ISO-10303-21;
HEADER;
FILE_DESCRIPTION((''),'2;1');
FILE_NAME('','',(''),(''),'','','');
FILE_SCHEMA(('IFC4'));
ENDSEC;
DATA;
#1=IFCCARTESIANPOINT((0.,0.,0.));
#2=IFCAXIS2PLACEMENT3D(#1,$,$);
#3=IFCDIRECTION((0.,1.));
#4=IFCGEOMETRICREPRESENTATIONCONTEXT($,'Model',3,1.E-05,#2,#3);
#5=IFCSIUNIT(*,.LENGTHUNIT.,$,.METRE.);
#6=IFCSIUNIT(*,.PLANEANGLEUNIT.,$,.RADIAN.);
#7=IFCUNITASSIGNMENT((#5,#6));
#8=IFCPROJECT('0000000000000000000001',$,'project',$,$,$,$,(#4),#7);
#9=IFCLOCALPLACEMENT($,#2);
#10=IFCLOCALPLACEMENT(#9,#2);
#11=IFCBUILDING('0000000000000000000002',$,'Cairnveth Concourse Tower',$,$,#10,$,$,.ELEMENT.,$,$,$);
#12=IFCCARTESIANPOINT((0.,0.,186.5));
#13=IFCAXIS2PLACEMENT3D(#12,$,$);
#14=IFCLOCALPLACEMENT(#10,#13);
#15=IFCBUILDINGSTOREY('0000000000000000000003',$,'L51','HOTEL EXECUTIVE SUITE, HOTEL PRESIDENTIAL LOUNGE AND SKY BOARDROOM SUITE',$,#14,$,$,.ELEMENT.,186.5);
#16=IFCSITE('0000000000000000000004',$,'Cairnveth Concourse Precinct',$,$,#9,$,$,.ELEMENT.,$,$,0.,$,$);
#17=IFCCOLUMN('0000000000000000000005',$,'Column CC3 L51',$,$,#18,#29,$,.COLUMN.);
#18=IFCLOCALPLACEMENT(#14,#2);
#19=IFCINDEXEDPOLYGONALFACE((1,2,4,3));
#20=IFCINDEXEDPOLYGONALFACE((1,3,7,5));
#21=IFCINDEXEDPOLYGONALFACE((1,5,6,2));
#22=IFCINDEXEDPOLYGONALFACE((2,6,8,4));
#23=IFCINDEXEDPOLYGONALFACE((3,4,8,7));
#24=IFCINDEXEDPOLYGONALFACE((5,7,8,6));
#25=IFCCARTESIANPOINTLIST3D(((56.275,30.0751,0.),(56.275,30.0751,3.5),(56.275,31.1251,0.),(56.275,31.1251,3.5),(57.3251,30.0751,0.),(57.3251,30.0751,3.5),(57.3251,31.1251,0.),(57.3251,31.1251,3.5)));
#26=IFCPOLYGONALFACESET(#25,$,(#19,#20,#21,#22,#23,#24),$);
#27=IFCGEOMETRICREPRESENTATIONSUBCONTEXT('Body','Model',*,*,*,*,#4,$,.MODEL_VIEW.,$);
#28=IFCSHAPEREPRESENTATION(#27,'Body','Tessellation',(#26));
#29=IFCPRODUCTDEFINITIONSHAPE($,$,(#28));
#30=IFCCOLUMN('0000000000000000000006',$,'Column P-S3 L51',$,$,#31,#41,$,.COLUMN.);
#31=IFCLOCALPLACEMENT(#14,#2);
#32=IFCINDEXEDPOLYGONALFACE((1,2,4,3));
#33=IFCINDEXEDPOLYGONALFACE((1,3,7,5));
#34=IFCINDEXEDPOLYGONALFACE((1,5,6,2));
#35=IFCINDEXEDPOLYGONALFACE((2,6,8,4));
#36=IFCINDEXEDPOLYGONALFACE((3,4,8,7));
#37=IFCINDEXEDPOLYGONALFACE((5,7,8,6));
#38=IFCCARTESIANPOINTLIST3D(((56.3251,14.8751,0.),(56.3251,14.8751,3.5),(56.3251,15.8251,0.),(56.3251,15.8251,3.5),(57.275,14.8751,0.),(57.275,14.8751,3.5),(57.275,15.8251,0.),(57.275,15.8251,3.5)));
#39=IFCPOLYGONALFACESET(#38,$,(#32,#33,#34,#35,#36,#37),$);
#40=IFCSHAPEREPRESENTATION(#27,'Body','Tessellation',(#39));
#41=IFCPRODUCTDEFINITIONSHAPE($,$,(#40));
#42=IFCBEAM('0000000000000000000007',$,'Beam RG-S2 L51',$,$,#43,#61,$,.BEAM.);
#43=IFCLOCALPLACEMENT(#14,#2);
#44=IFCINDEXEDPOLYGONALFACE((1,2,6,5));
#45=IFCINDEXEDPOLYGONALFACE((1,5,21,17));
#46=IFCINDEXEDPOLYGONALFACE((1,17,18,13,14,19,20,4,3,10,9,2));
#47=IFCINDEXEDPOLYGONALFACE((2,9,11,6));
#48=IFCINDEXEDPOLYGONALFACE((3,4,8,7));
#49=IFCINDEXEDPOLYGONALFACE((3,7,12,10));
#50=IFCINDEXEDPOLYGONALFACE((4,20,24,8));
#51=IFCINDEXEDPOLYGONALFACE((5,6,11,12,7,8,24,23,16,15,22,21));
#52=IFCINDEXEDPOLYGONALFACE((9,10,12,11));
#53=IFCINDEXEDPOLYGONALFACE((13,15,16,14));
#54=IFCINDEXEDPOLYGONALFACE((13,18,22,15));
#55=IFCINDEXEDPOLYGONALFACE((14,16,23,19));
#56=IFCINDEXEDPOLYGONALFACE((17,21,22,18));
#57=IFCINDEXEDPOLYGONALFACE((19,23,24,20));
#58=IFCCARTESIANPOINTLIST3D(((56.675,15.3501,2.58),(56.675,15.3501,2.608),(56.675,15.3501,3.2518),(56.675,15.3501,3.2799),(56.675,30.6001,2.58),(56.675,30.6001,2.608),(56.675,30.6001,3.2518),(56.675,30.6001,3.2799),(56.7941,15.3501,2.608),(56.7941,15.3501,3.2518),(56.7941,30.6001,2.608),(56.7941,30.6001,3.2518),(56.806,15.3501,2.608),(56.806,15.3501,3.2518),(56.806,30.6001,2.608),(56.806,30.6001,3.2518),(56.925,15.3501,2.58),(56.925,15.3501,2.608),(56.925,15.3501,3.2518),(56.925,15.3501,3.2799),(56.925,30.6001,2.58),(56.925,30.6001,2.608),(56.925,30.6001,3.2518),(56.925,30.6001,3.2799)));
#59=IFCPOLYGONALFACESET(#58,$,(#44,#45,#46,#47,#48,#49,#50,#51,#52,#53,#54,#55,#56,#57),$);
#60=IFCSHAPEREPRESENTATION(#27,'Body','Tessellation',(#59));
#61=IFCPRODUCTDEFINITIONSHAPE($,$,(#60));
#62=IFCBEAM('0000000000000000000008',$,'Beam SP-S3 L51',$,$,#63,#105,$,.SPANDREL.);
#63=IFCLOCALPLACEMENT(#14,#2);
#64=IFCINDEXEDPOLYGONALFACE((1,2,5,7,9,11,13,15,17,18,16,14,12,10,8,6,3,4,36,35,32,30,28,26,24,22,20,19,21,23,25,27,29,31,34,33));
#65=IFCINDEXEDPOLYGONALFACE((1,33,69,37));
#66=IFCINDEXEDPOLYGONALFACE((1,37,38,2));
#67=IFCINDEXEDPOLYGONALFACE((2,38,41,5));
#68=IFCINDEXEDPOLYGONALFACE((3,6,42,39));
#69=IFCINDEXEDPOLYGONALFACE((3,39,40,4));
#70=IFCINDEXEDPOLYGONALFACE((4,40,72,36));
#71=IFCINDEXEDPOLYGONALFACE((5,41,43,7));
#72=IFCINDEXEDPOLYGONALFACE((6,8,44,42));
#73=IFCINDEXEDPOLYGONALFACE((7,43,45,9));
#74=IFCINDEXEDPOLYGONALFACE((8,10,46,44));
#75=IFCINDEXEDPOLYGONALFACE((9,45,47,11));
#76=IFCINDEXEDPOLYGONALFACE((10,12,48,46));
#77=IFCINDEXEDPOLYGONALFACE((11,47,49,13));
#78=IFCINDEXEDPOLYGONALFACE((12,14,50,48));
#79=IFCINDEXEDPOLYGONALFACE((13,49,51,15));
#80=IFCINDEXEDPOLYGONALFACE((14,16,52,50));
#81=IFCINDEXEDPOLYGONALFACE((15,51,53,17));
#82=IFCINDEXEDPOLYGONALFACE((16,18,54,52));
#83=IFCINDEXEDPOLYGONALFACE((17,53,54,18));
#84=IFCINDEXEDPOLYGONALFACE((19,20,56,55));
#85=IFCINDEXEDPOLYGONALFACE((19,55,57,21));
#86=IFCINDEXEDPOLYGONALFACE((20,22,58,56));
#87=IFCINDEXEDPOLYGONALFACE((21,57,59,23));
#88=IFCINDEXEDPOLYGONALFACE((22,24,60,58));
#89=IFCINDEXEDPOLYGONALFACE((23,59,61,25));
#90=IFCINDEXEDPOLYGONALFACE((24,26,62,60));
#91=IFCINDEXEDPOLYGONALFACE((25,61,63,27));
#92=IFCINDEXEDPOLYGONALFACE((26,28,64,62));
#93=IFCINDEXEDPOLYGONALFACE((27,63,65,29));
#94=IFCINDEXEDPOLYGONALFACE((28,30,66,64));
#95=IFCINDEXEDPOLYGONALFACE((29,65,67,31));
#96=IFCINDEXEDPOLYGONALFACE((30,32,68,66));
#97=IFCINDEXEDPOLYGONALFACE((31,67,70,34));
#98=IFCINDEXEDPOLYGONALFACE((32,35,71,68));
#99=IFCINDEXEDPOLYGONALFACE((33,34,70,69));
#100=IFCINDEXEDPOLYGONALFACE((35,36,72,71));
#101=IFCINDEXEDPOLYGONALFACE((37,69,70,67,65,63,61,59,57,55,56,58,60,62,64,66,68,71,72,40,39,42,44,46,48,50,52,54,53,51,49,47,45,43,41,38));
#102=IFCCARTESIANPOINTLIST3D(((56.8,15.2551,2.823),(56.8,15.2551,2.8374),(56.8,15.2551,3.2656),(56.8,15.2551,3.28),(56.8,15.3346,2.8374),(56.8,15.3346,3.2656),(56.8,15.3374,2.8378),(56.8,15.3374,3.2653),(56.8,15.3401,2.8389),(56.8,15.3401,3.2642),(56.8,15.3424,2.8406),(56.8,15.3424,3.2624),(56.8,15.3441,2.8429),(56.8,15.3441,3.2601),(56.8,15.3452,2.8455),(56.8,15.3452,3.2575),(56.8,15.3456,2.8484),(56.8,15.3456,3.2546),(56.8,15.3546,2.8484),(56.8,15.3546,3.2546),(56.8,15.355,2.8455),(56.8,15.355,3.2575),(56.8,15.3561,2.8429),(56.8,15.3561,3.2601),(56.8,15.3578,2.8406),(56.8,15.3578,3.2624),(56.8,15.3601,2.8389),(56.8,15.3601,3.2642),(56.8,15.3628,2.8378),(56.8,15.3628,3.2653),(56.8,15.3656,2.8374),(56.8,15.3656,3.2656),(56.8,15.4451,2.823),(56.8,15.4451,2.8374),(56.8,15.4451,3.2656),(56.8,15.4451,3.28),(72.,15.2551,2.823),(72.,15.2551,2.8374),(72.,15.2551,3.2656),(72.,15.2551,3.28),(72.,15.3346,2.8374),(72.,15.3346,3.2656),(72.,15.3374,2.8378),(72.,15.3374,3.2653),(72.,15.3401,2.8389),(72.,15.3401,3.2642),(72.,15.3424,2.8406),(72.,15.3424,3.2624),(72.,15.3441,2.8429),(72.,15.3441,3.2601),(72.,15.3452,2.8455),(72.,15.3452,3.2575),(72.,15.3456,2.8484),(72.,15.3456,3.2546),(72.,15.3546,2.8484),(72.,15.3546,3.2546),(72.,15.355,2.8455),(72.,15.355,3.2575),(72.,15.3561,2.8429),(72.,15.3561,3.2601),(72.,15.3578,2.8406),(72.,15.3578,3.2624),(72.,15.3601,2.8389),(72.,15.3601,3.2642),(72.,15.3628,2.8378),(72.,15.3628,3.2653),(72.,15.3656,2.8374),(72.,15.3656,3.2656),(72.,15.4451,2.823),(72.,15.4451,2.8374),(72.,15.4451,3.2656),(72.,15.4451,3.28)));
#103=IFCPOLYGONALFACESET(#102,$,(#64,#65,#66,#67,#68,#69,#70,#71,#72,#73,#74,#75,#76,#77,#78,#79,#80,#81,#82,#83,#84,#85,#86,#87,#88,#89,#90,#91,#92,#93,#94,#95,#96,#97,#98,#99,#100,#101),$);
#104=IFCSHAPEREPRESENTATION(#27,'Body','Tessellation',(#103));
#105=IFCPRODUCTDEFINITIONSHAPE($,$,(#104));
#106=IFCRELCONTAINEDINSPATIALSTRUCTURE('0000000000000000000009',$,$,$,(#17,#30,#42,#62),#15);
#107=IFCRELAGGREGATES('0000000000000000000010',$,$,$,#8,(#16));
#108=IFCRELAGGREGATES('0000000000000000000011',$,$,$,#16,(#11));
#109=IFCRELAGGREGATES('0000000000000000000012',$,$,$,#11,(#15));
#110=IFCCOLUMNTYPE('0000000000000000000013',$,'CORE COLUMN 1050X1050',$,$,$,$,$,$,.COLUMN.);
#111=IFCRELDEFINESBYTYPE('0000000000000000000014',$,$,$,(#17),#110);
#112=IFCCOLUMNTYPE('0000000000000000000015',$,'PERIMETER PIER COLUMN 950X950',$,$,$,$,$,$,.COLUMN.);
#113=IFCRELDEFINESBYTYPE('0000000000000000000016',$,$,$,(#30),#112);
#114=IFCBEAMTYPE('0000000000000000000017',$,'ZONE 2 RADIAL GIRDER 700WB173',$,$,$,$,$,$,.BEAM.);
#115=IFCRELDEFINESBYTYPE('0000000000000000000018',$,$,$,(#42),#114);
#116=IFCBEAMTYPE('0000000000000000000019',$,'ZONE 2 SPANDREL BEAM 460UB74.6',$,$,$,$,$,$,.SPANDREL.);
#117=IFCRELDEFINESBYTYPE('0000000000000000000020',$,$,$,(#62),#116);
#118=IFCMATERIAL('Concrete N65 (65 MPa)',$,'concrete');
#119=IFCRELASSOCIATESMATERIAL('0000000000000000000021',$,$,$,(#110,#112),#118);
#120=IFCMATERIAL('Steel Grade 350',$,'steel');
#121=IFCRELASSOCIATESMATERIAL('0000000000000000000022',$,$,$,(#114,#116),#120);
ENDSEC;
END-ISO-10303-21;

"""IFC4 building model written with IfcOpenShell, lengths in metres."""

from ifc_helpers import new_model, si_unit, direction, frame, origin, origin_2d, place, context, subcontext, project, spatial, rectangle, i_section, extrude, material, material_profile, profile_set, type_object, element, save


model = new_model("IFC4")

# Units and contexts
model_context = context("Model", 3, precision=1e-05, world=origin(), true_north=direction((0.0, 1.0)))
body_context = subcontext(model_context, "Body", "Model", "MODEL_VIEW")
ifc_project = project(units=[si_unit("LENGTHUNIT", "METRE"), si_unit("PLANEANGLEUNIT", "RADIAN")], contexts=[model_context])

# Site, building, storey
site_placement = place(None, origin())
site = spatial("IfcSite", under=ifc_project, at=site_placement, Name="Cairnveth Concourse Precinct", CompositionType="ELEMENT", RefElevation=0.0)
building_placement = place(site_placement, origin())
building = spatial("IfcBuilding", under=site, at=building_placement, Name="Cairnveth Concourse Tower", CompositionType="ELEMENT")
storey_placement = place(building_placement, frame((0.0, 0.0, 186.5)))
storey = spatial("IfcBuildingStorey", under=building, at=storey_placement, Name="L51", Description="HOTEL EXECUTIVE SUITE, HOTEL PRESIDENTIAL LOUNGE AND SKY BOARDROOM SUITE", CompositionType="ELEMENT", Elevation=186.5)

# Columns
ifc_material_1 = material(Name="Concrete N65 (65 MPa)", Category="concrete")
ifc_material_profile_1 = material_profile(ifc_material_1, rectangle(XDim=1.05, YDim=1.05, at=origin_2d()), Name="RC-COL-1050x1050")
ifc_profile_set_1 = profile_set([ifc_material_profile_1], Name="Concrete N65 (65 MPa)")
column_type_1 = type_object("IfcColumnType", Name="CORE COLUMN 1050X1050", PredefinedType="COLUMN", material=ifc_profile_set_1)
column_1_placement = place(storey_placement, frame((56.8, 30.6001, 0.0), z_axis=(0.0, 0.0, 1.0), x_axis=(1.0, 0.0, 0.0)))
element("IfcColumn", 1, at=column_1_placement, inside=storey, type_object=column_type_1, Name="Column CC3 L51", PredefinedType="COLUMN", context=body_context, shape_type="SweptSolid", body=[
    extrude(rectangle(XDim=1.05, YDim=1.05, at=origin_2d()), origin(), (0.0, 0.0, 1.0), 3.5),
])
ifc_material_profile_2 = material_profile(ifc_material_1, rectangle(XDim=0.95, YDim=0.95, at=origin_2d()), Name="RC-COL-950x950")
ifc_profile_set_2 = profile_set([ifc_material_profile_2], Name="Concrete N65 (65 MPa)")
column_type_2 = type_object("IfcColumnType", Name="PERIMETER PIER COLUMN 950X950", PredefinedType="COLUMN", material=ifc_profile_set_2)
column_2_placement = place(storey_placement, frame((56.8, 15.3501, 0.0), z_axis=(0.0, 0.0, 1.0), x_axis=(1.0, 0.0, 0.0)))
element("IfcColumn", 2, at=column_2_placement, inside=storey, type_object=column_type_2, Name="Column P-S3 L51", PredefinedType="COLUMN", context=body_context, shape_type="SweptSolid", body=[
    extrude(rectangle(XDim=0.95, YDim=0.95, at=origin_2d()), origin(), (0.0, 0.0, 1.0), 3.5),
])

# Beams
ifc_material_2 = material(Name="Steel Grade 350", Category="steel")
ifc_material_profile_3 = material_profile(ifc_material_2, i_section(OverallWidth=0.25, OverallDepth=0.7, WebThickness=0.012, FlangeThickness=0.0281, at=origin_2d()), Name="700WB173")
ifc_profile_set_3 = profile_set([ifc_material_profile_3], Name="Steel Grade 350")
beam_type_1 = type_object("IfcBeamType", Name="ZONE 2 RADIAL GIRDER 700WB173", PredefinedType="BEAM", material=ifc_profile_set_3)
beam_1_placement = place(storey_placement, frame((56.8, 15.3501, 2.9299), z_axis=(0.0, 1.0, 0.0), x_axis=(-1.0, 0.0, 0.0)))
element("IfcBeam", 3, at=beam_1_placement, inside=storey, type_object=beam_type_1, Name="Beam RG-S2 L51", PredefinedType="BEAM", context=body_context, shape_type="SweptSolid", body=[
    extrude(i_section(OverallWidth=0.25, OverallDepth=0.7, WebThickness=0.012, FlangeThickness=0.0281, at=origin_2d()), origin(), (0.0, 0.0, 1.0), 15.25),
])
ifc_material_profile_4 = material_profile(ifc_material_2, i_section(OverallWidth=0.1899, OverallDepth=0.457, WebThickness=0.009, FlangeThickness=0.0144, FilletRadius=0.011, at=origin_2d()), Name="460UB74.6")
ifc_profile_set_4 = profile_set([ifc_material_profile_4], Name="Steel Grade 350")
beam_type_2 = type_object("IfcBeamType", Name="ZONE 2 SPANDREL BEAM 460UB74.6", PredefinedType="SPANDREL", material=ifc_profile_set_4)
beam_2_placement = place(storey_placement, frame((56.8, 15.3501, 3.0515), z_axis=(1.0, 0.0, 0.0), x_axis=(0.0, 1.0, 0.0)))
element("IfcBeam", 4, at=beam_2_placement, inside=storey, type_object=beam_type_2, Name="Beam SP-S3 L51", PredefinedType="SPANDREL", context=body_context, shape_type="SweptSolid", body=[
    extrude(i_section(OverallWidth=0.1899, OverallDepth=0.457, WebThickness=0.009, FlangeThickness=0.0144, FilletRadius=0.011, at=origin_2d()), origin(), (0.0, 0.0, 1.0), 15.2),
])

save(model, "model.ifc")
